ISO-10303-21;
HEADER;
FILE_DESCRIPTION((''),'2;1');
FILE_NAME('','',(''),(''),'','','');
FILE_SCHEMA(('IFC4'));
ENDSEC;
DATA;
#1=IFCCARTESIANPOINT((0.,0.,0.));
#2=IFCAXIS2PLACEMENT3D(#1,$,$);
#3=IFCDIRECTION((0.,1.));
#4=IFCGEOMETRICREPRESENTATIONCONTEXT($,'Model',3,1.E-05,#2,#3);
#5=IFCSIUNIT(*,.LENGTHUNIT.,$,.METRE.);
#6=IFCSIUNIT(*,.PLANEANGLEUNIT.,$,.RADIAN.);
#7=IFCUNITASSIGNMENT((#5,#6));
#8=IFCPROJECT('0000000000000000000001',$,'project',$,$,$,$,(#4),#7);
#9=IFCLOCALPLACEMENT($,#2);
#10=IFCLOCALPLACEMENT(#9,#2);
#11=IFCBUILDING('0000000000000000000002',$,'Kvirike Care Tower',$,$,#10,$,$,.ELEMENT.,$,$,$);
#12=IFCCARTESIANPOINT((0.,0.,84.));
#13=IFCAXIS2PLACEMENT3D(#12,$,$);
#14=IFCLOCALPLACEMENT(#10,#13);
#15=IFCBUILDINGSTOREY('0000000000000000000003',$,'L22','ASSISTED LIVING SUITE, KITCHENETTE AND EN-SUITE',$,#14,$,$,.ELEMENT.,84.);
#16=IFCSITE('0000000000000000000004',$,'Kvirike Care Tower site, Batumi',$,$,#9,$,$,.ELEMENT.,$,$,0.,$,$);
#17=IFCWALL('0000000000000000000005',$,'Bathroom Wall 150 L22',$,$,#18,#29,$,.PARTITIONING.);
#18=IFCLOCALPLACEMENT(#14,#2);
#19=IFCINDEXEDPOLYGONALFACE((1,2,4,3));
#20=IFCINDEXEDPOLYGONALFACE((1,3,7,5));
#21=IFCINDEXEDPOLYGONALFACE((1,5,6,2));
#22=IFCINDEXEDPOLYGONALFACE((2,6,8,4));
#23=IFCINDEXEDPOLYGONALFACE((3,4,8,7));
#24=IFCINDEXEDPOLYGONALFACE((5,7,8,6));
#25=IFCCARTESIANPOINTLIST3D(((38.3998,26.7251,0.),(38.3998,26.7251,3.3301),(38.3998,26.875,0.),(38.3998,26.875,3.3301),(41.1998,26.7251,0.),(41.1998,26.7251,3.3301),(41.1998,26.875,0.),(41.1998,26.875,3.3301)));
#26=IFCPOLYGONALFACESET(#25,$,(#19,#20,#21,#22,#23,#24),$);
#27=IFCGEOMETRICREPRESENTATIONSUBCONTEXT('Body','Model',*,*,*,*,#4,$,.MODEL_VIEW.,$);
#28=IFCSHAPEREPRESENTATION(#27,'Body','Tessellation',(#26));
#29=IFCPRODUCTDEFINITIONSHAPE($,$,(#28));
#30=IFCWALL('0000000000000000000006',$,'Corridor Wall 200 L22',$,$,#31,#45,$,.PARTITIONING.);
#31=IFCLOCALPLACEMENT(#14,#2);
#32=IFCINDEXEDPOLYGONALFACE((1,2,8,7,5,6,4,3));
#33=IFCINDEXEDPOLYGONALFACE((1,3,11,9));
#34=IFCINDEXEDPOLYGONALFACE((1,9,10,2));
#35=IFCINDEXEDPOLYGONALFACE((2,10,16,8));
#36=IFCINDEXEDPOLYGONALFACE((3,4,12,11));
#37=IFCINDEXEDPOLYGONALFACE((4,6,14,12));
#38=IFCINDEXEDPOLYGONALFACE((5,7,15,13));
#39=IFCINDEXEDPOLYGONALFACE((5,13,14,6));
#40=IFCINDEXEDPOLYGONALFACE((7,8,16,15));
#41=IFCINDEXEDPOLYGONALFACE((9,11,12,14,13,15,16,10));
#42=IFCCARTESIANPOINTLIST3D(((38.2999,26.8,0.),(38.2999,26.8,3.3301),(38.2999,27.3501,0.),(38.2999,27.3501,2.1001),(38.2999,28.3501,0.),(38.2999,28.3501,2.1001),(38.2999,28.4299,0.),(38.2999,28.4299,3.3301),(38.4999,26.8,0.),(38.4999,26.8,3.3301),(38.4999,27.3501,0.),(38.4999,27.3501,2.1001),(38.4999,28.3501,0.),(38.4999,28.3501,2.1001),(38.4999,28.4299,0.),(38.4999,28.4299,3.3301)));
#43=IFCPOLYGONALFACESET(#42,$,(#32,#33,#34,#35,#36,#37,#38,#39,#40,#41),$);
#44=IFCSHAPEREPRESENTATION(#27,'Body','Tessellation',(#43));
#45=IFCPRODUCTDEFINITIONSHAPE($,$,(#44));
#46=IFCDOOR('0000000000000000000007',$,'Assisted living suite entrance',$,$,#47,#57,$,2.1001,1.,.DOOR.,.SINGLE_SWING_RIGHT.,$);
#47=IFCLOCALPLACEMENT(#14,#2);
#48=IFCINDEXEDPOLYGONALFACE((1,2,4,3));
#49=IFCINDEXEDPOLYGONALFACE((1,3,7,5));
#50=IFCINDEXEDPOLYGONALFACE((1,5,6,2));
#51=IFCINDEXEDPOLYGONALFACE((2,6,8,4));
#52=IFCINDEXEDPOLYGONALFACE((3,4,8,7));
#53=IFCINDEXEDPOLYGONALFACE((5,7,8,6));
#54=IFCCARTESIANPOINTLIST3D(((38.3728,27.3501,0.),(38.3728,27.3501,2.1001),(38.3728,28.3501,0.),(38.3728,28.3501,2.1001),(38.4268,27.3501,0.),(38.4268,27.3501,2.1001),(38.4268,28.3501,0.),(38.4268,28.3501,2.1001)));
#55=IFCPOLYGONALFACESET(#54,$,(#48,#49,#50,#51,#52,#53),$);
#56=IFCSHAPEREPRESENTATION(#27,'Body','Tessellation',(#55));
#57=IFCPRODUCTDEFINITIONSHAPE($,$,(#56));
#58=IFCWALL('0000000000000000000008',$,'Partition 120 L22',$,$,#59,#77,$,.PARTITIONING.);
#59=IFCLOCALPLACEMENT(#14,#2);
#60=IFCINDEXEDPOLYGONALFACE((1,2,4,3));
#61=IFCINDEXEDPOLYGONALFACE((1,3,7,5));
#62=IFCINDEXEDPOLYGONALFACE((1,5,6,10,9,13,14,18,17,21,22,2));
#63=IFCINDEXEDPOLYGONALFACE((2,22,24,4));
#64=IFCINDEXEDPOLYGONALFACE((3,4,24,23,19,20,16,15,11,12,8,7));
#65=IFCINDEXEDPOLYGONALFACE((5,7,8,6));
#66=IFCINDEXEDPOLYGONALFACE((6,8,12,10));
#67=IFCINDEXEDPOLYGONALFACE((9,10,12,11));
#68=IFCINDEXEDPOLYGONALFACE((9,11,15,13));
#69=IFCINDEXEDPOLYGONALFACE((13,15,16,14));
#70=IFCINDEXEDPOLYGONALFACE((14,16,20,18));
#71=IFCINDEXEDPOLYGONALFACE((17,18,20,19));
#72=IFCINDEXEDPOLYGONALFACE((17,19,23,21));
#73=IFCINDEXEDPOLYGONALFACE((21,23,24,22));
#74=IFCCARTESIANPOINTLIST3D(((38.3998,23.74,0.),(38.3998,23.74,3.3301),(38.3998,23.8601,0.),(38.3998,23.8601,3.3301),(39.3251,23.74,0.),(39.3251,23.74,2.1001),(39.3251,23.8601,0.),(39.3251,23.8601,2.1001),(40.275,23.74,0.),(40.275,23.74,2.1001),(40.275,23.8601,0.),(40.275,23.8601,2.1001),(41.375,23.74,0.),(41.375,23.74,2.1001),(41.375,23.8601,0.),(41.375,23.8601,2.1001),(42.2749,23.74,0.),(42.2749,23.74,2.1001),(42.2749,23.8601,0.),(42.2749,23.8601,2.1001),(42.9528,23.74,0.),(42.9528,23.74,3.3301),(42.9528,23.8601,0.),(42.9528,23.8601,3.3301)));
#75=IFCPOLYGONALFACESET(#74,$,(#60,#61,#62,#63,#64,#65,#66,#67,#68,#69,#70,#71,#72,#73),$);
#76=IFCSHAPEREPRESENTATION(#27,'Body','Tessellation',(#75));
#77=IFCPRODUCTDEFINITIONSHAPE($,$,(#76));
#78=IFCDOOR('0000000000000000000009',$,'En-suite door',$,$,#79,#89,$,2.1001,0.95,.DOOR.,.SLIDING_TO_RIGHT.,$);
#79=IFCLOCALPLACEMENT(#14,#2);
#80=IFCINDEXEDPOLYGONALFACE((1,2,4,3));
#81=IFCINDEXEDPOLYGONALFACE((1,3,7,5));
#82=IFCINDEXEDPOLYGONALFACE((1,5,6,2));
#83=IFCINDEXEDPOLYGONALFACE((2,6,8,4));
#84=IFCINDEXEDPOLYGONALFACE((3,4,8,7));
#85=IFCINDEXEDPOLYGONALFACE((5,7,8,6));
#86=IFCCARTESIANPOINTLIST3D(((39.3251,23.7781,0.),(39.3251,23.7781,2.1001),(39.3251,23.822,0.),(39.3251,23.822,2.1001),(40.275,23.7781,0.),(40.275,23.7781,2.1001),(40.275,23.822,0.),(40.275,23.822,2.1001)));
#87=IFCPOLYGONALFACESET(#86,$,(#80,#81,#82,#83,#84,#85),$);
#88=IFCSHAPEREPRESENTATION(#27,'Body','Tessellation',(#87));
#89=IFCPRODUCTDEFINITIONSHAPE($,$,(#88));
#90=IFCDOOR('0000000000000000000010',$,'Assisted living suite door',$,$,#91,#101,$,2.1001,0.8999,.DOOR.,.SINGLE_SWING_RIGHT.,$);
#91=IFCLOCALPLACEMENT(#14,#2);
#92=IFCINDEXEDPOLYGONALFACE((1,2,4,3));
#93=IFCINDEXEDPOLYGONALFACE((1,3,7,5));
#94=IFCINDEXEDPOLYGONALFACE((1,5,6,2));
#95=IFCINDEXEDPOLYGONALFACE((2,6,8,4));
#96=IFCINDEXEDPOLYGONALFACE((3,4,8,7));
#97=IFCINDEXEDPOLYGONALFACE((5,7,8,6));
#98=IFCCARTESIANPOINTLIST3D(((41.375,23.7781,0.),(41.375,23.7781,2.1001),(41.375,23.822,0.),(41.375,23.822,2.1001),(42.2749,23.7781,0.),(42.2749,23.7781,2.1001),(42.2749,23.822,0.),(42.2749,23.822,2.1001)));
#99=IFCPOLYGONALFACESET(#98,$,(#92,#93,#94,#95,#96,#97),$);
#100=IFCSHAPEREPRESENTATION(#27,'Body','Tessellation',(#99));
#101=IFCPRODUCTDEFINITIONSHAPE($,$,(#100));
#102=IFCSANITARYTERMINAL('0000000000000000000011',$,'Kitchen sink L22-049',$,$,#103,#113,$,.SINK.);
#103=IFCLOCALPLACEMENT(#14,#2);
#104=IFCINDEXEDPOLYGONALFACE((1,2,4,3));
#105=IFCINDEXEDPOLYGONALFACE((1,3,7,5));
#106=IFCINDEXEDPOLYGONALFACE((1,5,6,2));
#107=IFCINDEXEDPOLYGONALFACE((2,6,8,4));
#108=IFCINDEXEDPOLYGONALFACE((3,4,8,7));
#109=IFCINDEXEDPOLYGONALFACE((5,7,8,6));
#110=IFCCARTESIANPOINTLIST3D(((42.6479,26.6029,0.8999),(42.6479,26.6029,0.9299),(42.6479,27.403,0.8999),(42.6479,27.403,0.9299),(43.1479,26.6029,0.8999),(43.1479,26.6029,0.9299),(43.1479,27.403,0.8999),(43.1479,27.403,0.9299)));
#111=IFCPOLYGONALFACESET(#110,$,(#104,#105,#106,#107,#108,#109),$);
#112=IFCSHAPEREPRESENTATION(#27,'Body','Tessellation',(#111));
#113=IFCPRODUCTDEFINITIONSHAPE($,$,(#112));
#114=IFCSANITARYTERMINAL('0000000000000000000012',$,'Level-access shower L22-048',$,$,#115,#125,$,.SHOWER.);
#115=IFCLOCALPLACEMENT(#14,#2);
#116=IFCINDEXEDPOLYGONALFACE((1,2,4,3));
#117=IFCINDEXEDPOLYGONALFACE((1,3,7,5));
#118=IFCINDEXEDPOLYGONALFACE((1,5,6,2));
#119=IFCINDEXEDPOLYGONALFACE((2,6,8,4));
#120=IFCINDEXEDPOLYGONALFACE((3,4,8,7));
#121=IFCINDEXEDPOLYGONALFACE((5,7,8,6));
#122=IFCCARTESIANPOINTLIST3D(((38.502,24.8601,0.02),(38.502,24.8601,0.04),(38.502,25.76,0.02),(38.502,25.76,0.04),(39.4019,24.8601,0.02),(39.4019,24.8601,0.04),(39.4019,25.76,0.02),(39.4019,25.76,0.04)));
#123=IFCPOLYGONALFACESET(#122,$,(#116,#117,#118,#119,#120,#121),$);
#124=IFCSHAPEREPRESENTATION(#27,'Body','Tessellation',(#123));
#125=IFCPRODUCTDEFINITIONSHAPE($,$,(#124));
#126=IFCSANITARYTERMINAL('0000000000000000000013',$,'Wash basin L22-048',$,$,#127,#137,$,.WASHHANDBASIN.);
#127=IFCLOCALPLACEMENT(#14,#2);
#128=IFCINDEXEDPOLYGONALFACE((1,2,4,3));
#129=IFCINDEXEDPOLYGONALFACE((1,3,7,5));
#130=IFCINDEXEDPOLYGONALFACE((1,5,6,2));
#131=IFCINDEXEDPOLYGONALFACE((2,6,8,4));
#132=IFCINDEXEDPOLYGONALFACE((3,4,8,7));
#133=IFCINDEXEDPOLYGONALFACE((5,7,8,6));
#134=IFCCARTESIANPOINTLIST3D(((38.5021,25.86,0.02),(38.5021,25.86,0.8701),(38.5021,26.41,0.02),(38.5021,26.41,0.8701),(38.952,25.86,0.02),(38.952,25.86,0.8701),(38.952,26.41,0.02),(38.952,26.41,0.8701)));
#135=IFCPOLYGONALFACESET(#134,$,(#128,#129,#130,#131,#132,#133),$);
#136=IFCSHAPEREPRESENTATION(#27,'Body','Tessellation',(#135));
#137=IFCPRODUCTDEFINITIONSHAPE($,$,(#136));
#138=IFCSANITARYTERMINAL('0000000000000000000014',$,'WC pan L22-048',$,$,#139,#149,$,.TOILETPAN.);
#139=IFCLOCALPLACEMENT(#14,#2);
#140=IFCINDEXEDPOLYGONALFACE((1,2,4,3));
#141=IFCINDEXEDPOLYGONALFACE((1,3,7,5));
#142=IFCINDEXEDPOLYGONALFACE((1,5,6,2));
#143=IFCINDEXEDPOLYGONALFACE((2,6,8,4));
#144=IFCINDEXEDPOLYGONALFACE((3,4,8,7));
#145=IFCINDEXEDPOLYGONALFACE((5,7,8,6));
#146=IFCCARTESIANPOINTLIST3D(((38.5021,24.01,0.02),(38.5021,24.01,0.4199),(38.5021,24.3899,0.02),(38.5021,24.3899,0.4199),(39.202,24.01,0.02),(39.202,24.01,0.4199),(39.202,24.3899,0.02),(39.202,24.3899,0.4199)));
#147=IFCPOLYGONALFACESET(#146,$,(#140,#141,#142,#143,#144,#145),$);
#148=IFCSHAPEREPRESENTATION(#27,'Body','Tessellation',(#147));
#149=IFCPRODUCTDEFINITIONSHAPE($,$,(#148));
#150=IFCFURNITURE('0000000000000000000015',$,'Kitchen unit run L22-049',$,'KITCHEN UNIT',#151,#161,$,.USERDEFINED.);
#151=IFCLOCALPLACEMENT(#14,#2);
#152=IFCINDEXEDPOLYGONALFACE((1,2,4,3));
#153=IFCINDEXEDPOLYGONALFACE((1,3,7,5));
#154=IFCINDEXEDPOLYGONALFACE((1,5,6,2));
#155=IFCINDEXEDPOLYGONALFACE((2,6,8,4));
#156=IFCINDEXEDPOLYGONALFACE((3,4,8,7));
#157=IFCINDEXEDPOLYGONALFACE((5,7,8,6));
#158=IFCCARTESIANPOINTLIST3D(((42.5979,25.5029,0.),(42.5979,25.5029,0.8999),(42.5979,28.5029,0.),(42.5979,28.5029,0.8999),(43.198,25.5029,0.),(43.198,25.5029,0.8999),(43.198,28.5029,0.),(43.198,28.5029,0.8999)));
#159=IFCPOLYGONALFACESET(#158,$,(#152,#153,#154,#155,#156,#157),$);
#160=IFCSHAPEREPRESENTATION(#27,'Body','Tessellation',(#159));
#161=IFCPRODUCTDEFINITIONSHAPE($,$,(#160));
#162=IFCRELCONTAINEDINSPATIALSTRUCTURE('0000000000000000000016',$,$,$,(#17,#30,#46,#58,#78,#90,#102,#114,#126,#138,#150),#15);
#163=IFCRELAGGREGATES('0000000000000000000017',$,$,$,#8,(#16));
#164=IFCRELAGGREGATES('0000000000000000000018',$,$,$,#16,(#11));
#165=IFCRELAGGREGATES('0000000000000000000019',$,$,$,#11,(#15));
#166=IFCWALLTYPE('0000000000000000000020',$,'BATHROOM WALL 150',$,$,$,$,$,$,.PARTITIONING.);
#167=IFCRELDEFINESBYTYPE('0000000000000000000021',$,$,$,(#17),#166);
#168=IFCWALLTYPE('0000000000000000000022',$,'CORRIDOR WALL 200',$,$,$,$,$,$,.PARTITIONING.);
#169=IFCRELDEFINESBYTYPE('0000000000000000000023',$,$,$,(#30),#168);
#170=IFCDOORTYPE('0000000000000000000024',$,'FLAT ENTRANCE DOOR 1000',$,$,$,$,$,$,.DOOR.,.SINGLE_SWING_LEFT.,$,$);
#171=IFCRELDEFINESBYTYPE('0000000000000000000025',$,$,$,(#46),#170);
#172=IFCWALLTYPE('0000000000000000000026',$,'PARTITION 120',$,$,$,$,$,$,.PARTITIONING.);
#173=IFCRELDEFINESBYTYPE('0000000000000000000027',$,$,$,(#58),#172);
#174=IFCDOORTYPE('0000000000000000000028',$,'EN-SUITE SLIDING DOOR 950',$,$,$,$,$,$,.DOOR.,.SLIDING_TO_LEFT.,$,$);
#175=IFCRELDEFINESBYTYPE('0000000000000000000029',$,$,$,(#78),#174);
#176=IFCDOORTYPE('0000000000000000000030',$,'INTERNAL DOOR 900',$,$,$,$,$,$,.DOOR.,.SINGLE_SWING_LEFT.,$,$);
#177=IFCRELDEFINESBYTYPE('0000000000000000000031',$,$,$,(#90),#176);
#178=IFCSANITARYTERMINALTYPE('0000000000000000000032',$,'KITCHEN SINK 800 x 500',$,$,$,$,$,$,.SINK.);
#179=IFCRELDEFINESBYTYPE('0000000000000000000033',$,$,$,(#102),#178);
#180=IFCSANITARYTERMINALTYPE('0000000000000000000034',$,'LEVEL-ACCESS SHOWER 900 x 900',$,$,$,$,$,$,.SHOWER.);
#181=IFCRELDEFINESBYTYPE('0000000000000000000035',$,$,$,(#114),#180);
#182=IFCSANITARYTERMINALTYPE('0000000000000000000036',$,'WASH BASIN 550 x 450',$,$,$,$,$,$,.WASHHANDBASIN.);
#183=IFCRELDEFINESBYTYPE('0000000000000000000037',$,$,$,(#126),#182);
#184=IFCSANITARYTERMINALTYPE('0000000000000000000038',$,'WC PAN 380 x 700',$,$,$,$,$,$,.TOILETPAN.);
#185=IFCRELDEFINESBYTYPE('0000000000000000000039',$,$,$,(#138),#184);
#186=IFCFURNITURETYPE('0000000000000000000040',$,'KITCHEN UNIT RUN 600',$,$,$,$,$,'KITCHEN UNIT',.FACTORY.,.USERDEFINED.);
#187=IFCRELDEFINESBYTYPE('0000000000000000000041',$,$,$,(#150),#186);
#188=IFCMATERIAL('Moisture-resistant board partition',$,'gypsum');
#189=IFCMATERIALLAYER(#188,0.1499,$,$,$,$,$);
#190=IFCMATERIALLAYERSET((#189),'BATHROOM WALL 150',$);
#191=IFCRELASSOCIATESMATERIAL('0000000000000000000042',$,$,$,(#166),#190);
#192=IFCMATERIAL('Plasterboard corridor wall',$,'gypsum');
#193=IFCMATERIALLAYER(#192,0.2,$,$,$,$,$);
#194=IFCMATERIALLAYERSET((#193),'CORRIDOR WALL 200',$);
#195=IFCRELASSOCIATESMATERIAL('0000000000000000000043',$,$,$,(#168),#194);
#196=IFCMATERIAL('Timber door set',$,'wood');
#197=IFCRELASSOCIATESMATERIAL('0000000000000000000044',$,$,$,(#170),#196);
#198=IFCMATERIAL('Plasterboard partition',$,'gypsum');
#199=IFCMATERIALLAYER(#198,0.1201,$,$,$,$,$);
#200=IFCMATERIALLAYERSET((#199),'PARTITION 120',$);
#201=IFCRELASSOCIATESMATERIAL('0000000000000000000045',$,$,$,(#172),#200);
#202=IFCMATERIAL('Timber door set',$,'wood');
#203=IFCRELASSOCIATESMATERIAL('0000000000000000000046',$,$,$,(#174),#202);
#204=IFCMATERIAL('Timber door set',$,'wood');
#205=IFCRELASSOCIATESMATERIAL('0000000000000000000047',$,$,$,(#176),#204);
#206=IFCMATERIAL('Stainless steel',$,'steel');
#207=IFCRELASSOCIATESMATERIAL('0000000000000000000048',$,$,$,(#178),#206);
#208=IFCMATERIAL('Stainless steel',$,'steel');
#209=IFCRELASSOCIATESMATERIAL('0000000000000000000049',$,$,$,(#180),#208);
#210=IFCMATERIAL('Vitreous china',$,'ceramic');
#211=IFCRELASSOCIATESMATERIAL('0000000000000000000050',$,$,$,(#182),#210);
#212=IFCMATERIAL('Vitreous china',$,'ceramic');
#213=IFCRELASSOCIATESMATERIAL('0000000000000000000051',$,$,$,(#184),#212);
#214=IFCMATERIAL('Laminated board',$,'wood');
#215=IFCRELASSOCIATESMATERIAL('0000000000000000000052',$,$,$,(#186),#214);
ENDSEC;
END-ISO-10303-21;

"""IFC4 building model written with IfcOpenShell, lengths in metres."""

from ifc_helpers import new_model, si_unit, direction, frame, frame_2d, origin, origin_2d, place, context, subcontext, project, spatial, rectangle, extrude, material, layer, layer_set, type_object, element, fill, save


model = new_model("IFC4")

# Units and contexts
model_context = context("Model", 3, precision=1e-05, world=origin(), true_north=direction((0.0, 1.0)))
body_context = subcontext(model_context, "Body", "Model", "MODEL_VIEW")
ifc_project = project(units=[si_unit("LENGTHUNIT", "METRE"), si_unit("PLANEANGLEUNIT", "RADIAN")], contexts=[model_context])

# Site, building, storey
site_placement = place(None, origin())
site = spatial("IfcSite", under=ifc_project, at=site_placement, Name="Kvirike Care Tower site, Batumi", CompositionType="ELEMENT", RefElevation=0.0)
building_placement = place(site_placement, origin())
building = spatial("IfcBuilding", under=site, at=building_placement, Name="Kvirike Care Tower", CompositionType="ELEMENT")
storey_placement = place(building_placement, frame((0.0, 0.0, 84.0)))
storey = spatial("IfcBuildingStorey", under=building, at=storey_placement, Name="L22", Description="ASSISTED LIVING SUITE, KITCHENETTE AND EN-SUITE", CompositionType="ELEMENT", Elevation=84.0)

# Wall
ifc_material_1 = material(Name="Moisture-resistant board partition", Category="gypsum")
ifc_layer_1 = layer(ifc_material_1, 0.1499)
ifc_layer_set_1 = layer_set([ifc_layer_1], Name="BATHROOM WALL 150")
wall_type_1 = type_object("IfcWallType", Name="BATHROOM WALL 150", PredefinedType="PARTITIONING", material=ifc_layer_set_1)
wall_1_placement = place(storey_placement, frame((38.3999, 26.8, 0.0), z_axis=(0.0, 0.0, 1.0), x_axis=(1.0, 0.0, 0.0)))
element("IfcWall", 1, at=wall_1_placement, inside=storey, type_object=wall_type_1, Name="Bathroom Wall 150 L22", PredefinedType="PARTITIONING", context=body_context, shape_type="SweptSolid", body=[
    extrude(rectangle(XDim=2.8, YDim=0.1499, at=frame_2d((1.3999, 0.0))), origin(), (0.0, 0.0, 1.0), 3.3301),
])

# Wall, opening, door
ifc_material_2 = material(Name="Plasterboard corridor wall", Category="gypsum")
ifc_layer_2 = layer(ifc_material_2, 0.2)
ifc_layer_set_2 = layer_set([ifc_layer_2], Name="CORRIDOR WALL 200")
wall_type_2 = type_object("IfcWallType", Name="CORRIDOR WALL 200", PredefinedType="PARTITIONING", material=ifc_layer_set_2)
wall_2_placement = place(storey_placement, frame((38.3999, 26.8, 0.0), z_axis=(0.0, 0.0, 1.0), x_axis=(0.0, 1.0, 0.0)))
wall_2 = element("IfcWall", 2, at=wall_2_placement, inside=storey, type_object=wall_type_2, Name="Corridor Wall 200 L22", PredefinedType="PARTITIONING", context=body_context, shape_type="SweptSolid", body=[
    extrude(rectangle(XDim=1.6299, YDim=0.2, at=frame_2d((0.8149, 0.0))), origin(), (0.0, 0.0, 1.0), 3.3301),
])
opening_1_placement = place(wall_2_placement, frame((0.55, 0.0, 0.0)))
opening_1 = element("IfcOpeningElement", 3, at=opening_1_placement, cuts=wall_2, PredefinedType="OPENING", context=body_context, shape_type="SweptSolid", body=[
    extrude(rectangle(XDim=1.0, YDim=2.1001, at=frame_2d((0.5, 1.05))), frame((0.0, 0.1106, 0.0), z_axis=(0.0, -1.0, 0.0), x_axis=(1.0, 0.0, 0.0)), (0.0, 0.0, 1.0), 0.2209),
])
ifc_material_3 = material(Name="Timber door set", Category="wood")
door_type_1 = type_object("IfcDoorType", Name="FLAT ENTRANCE DOOR 1000", OperationType="SINGLE_SWING_LEFT", PredefinedType="DOOR", material=ifc_material_3)
door_1_placement = place(opening_1_placement, frame((1.0, 0.0, 0.0), z_axis=(0.0, 0.0, 1.0), x_axis=(-1.0, 0.0, 0.0)))
door_1 = element("IfcDoor", 4, at=door_1_placement, inside=storey, type_object=door_type_1, Name="Assisted living suite entrance", OperationType="SINGLE_SWING_RIGHT", OverallHeight=2.1001, OverallWidth=1.0, PredefinedType="DOOR", context=body_context, shape_type="SweptSolid", body=[
    extrude(rectangle(XDim=1.0, YDim=2.1001, at=frame_2d((0.5, 1.05))), frame((0.0, 0.0269, 0.0), z_axis=(0.0, -1.0, 0.0), x_axis=(1.0, 0.0, 0.0)), (0.0, 0.0, 1.0), 0.054),
])
fill(opening_1, door_1)

# Wall, openings, doors
ifc_material_4 = material(Name="Plasterboard partition", Category="gypsum")
ifc_layer_3 = layer(ifc_material_4, 0.1201)
ifc_layer_set_3 = layer_set([ifc_layer_3], Name="PARTITION 120")
wall_type_3 = type_object("IfcWallType", Name="PARTITION 120", PredefinedType="PARTITIONING", material=ifc_layer_set_3)
wall_3_placement = place(storey_placement, frame((38.3999, 23.8, 0.0), z_axis=(0.0, 0.0, 1.0), x_axis=(1.0, 0.0, 0.0)))
wall_3 = element("IfcWall", 5, at=wall_3_placement, inside=storey, type_object=wall_type_3, Name="Partition 120 L22", PredefinedType="PARTITIONING", context=body_context, shape_type="SweptSolid", body=[
    extrude(rectangle(XDim=4.553, YDim=0.1201, at=frame_2d((2.2764, 0.0))), origin(), (0.0, 0.0, 1.0), 3.3301),
])
opening_2_placement = place(wall_3_placement, frame((2.9751, 0.0, 0.0)))
opening_2 = element("IfcOpeningElement", 6, at=opening_2_placement, cuts=wall_3, PredefinedType="OPENING", context=body_context, shape_type="SweptSolid", body=[
    extrude(rectangle(XDim=0.8999, YDim=2.1001, at=frame_2d((0.45, 1.05))), frame((0.0, 0.0706, 0.0), z_axis=(0.0, -1.0, 0.0), x_axis=(1.0, 0.0, 0.0)), (0.0, 0.0, 1.0), 0.1411),
])
opening_3_placement = place(wall_3_placement, frame((0.925, 0.0, 0.0)))
opening_3 = element("IfcOpeningElement", 7, at=opening_3_placement, cuts=wall_3, PredefinedType="OPENING", context=body_context, shape_type="SweptSolid", body=[
    extrude(rectangle(XDim=0.95, YDim=2.1001, at=frame_2d((0.4751, 1.05))), frame((0.0, 0.0706, 0.0), z_axis=(0.0, -1.0, 0.0), x_axis=(1.0, 0.0, 0.0)), (0.0, 0.0, 1.0), 0.1411),
])
ifc_material_5 = material(Name="Timber door set", Category="wood")
door_type_2 = type_object("IfcDoorType", Name="EN-SUITE SLIDING DOOR 950", OperationType="SLIDING_TO_LEFT", PredefinedType="DOOR", material=ifc_material_5)
door_2_placement = place(opening_3_placement, origin())
door_2 = element("IfcDoor", 8, at=door_2_placement, inside=storey, type_object=door_type_2, Name="En-suite door", OperationType="SLIDING_TO_RIGHT", OverallHeight=2.1001, OverallWidth=0.95, PredefinedType="DOOR", context=body_context, shape_type="SweptSolid", body=[
    extrude(rectangle(XDim=0.95, YDim=2.1001, at=frame_2d((0.4751, 1.05))), frame((0.0, 0.022, 0.0), z_axis=(0.0, -1.0, 0.0), x_axis=(1.0, 0.0, 0.0)), (0.0, 0.0, 1.0), 0.0439),
])
fill(opening_3, door_2)
ifc_material_6 = material(Name="Timber door set", Category="wood")
door_type_3 = type_object("IfcDoorType", Name="INTERNAL DOOR 900", OperationType="SINGLE_SWING_LEFT", PredefinedType="DOOR", material=ifc_material_6)
door_3_placement = place(opening_2_placement, origin())
door_3 = element("IfcDoor", 9, at=door_3_placement, inside=storey, type_object=door_type_3, Name="Assisted living suite door", OperationType="SINGLE_SWING_RIGHT", OverallHeight=2.1001, OverallWidth=0.8999, PredefinedType="DOOR", context=body_context, shape_type="SweptSolid", body=[
    extrude(rectangle(XDim=0.8999, YDim=2.1001, at=frame_2d((0.45, 1.05))), frame((0.0, 0.022, 0.0), z_axis=(0.0, -1.0, 0.0), x_axis=(1.0, 0.0, 0.0)), (0.0, 0.0, 1.0), 0.0439),
])
fill(opening_2, door_3)

# Sanitary terminals
ifc_material_7 = material(Name="Stainless steel", Category="steel")
sanitary_terminal_type_1 = type_object("IfcSanitaryTerminalType", Name="KITCHEN SINK 800 x 500", PredefinedType="SINK", material=ifc_material_7)
sanitary_terminal_1_placement = place(storey_placement, frame((42.8979, 27.0029, 0.8999), z_axis=(0.0, 0.0, 1.0), x_axis=(0.0, -1.0, 0.0)))
element("IfcSanitaryTerminal", 10, at=sanitary_terminal_1_placement, inside=storey, type_object=sanitary_terminal_type_1, Name="Kitchen sink L22-049", PredefinedType="SINK", context=body_context, shape_type="SweptSolid", body=[
    extrude(rectangle(XDim=0.8, YDim=0.5, at=origin_2d()), origin(), (0.0, 0.0, 1.0), 0.03),
])
ifc_material_8 = material(Name="Stainless steel", Category="steel")
sanitary_terminal_type_2 = type_object("IfcSanitaryTerminalType", Name="LEVEL-ACCESS SHOWER 900 x 900", PredefinedType="SHOWER", material=ifc_material_8)
sanitary_terminal_2_placement = place(storey_placement, frame((38.9519, 25.3101, 0.02), z_axis=(0.0, 0.0, 1.0), x_axis=(0.0, 1.0, 0.0)))
element("IfcSanitaryTerminal", 11, at=sanitary_terminal_2_placement, inside=storey, type_object=sanitary_terminal_type_2, Name="Level-access shower L22-048", PredefinedType="SHOWER", context=body_context, shape_type="SweptSolid", body=[
    extrude(rectangle(XDim=0.8999, YDim=0.8999, at=origin_2d()), origin(), (0.0, 0.0, 1.0), 0.02),
])
ifc_material_9 = material(Name="Vitreous china", Category="ceramic")
sanitary_terminal_type_3 = type_object("IfcSanitaryTerminalType", Name="WASH BASIN 550 x 450", PredefinedType="WASHHANDBASIN", material=ifc_material_9)
sanitary_terminal_3_placement = place(storey_placement, frame((38.7271, 26.135, 0.02), z_axis=(0.0, 0.0, 1.0), x_axis=(0.0, 1.0, 0.0)))
element("IfcSanitaryTerminal", 12, at=sanitary_terminal_3_placement, inside=storey, type_object=sanitary_terminal_type_3, Name="Wash basin L22-048", PredefinedType="WASHHANDBASIN", context=body_context, shape_type="SweptSolid", body=[
    extrude(rectangle(XDim=0.55, YDim=0.45, at=origin_2d()), origin(), (0.0, 0.0, 1.0), 0.8501),
])
ifc_material_10 = material(Name="Vitreous china", Category="ceramic")
sanitary_terminal_type_4 = type_object("IfcSanitaryTerminalType", Name="WC PAN 380 x 700", PredefinedType="TOILETPAN", material=ifc_material_10)
sanitary_terminal_4_placement = place(storey_placement, frame((38.8521, 24.2, 0.02), z_axis=(0.0, 0.0, 1.0), x_axis=(0.0, 1.0, 0.0)))
element("IfcSanitaryTerminal", 13, at=sanitary_terminal_4_placement, inside=storey, type_object=sanitary_terminal_type_4, Name="WC pan L22-048", PredefinedType="TOILETPAN", context=body_context, shape_type="SweptSolid", body=[
    extrude(rectangle(XDim=0.3799, YDim=0.7, at=origin_2d()), origin(), (0.0, 0.0, 1.0), 0.3999),
])

# Furniture
ifc_material_11 = material(Name="Laminated board", Category="wood")
furniture_type = type_object("IfcFurnitureType", Name="KITCHEN UNIT RUN 600", ElementType="KITCHEN UNIT", AssemblyPlace="FACTORY", PredefinedType="USERDEFINED", material=ifc_material_11)
furniture_placement = place(storey_placement, frame((42.8979, 27.0029, 0.0), z_axis=(0.0, 0.0, 1.0), x_axis=(0.0, -1.0, 0.0)))
element("IfcFurniture", 14, at=furniture_placement, inside=storey, type_object=furniture_type, Name="Kitchen unit run L22-049", ObjectType="KITCHEN UNIT", PredefinedType="USERDEFINED", context=body_context, shape_type="SweptSolid", body=[
    extrude(rectangle(XDim=3.0, YDim=0.6001, at=origin_2d()), origin(), (0.0, 0.0, 1.0), 0.8999),
])

save(model, "model.ifc")
